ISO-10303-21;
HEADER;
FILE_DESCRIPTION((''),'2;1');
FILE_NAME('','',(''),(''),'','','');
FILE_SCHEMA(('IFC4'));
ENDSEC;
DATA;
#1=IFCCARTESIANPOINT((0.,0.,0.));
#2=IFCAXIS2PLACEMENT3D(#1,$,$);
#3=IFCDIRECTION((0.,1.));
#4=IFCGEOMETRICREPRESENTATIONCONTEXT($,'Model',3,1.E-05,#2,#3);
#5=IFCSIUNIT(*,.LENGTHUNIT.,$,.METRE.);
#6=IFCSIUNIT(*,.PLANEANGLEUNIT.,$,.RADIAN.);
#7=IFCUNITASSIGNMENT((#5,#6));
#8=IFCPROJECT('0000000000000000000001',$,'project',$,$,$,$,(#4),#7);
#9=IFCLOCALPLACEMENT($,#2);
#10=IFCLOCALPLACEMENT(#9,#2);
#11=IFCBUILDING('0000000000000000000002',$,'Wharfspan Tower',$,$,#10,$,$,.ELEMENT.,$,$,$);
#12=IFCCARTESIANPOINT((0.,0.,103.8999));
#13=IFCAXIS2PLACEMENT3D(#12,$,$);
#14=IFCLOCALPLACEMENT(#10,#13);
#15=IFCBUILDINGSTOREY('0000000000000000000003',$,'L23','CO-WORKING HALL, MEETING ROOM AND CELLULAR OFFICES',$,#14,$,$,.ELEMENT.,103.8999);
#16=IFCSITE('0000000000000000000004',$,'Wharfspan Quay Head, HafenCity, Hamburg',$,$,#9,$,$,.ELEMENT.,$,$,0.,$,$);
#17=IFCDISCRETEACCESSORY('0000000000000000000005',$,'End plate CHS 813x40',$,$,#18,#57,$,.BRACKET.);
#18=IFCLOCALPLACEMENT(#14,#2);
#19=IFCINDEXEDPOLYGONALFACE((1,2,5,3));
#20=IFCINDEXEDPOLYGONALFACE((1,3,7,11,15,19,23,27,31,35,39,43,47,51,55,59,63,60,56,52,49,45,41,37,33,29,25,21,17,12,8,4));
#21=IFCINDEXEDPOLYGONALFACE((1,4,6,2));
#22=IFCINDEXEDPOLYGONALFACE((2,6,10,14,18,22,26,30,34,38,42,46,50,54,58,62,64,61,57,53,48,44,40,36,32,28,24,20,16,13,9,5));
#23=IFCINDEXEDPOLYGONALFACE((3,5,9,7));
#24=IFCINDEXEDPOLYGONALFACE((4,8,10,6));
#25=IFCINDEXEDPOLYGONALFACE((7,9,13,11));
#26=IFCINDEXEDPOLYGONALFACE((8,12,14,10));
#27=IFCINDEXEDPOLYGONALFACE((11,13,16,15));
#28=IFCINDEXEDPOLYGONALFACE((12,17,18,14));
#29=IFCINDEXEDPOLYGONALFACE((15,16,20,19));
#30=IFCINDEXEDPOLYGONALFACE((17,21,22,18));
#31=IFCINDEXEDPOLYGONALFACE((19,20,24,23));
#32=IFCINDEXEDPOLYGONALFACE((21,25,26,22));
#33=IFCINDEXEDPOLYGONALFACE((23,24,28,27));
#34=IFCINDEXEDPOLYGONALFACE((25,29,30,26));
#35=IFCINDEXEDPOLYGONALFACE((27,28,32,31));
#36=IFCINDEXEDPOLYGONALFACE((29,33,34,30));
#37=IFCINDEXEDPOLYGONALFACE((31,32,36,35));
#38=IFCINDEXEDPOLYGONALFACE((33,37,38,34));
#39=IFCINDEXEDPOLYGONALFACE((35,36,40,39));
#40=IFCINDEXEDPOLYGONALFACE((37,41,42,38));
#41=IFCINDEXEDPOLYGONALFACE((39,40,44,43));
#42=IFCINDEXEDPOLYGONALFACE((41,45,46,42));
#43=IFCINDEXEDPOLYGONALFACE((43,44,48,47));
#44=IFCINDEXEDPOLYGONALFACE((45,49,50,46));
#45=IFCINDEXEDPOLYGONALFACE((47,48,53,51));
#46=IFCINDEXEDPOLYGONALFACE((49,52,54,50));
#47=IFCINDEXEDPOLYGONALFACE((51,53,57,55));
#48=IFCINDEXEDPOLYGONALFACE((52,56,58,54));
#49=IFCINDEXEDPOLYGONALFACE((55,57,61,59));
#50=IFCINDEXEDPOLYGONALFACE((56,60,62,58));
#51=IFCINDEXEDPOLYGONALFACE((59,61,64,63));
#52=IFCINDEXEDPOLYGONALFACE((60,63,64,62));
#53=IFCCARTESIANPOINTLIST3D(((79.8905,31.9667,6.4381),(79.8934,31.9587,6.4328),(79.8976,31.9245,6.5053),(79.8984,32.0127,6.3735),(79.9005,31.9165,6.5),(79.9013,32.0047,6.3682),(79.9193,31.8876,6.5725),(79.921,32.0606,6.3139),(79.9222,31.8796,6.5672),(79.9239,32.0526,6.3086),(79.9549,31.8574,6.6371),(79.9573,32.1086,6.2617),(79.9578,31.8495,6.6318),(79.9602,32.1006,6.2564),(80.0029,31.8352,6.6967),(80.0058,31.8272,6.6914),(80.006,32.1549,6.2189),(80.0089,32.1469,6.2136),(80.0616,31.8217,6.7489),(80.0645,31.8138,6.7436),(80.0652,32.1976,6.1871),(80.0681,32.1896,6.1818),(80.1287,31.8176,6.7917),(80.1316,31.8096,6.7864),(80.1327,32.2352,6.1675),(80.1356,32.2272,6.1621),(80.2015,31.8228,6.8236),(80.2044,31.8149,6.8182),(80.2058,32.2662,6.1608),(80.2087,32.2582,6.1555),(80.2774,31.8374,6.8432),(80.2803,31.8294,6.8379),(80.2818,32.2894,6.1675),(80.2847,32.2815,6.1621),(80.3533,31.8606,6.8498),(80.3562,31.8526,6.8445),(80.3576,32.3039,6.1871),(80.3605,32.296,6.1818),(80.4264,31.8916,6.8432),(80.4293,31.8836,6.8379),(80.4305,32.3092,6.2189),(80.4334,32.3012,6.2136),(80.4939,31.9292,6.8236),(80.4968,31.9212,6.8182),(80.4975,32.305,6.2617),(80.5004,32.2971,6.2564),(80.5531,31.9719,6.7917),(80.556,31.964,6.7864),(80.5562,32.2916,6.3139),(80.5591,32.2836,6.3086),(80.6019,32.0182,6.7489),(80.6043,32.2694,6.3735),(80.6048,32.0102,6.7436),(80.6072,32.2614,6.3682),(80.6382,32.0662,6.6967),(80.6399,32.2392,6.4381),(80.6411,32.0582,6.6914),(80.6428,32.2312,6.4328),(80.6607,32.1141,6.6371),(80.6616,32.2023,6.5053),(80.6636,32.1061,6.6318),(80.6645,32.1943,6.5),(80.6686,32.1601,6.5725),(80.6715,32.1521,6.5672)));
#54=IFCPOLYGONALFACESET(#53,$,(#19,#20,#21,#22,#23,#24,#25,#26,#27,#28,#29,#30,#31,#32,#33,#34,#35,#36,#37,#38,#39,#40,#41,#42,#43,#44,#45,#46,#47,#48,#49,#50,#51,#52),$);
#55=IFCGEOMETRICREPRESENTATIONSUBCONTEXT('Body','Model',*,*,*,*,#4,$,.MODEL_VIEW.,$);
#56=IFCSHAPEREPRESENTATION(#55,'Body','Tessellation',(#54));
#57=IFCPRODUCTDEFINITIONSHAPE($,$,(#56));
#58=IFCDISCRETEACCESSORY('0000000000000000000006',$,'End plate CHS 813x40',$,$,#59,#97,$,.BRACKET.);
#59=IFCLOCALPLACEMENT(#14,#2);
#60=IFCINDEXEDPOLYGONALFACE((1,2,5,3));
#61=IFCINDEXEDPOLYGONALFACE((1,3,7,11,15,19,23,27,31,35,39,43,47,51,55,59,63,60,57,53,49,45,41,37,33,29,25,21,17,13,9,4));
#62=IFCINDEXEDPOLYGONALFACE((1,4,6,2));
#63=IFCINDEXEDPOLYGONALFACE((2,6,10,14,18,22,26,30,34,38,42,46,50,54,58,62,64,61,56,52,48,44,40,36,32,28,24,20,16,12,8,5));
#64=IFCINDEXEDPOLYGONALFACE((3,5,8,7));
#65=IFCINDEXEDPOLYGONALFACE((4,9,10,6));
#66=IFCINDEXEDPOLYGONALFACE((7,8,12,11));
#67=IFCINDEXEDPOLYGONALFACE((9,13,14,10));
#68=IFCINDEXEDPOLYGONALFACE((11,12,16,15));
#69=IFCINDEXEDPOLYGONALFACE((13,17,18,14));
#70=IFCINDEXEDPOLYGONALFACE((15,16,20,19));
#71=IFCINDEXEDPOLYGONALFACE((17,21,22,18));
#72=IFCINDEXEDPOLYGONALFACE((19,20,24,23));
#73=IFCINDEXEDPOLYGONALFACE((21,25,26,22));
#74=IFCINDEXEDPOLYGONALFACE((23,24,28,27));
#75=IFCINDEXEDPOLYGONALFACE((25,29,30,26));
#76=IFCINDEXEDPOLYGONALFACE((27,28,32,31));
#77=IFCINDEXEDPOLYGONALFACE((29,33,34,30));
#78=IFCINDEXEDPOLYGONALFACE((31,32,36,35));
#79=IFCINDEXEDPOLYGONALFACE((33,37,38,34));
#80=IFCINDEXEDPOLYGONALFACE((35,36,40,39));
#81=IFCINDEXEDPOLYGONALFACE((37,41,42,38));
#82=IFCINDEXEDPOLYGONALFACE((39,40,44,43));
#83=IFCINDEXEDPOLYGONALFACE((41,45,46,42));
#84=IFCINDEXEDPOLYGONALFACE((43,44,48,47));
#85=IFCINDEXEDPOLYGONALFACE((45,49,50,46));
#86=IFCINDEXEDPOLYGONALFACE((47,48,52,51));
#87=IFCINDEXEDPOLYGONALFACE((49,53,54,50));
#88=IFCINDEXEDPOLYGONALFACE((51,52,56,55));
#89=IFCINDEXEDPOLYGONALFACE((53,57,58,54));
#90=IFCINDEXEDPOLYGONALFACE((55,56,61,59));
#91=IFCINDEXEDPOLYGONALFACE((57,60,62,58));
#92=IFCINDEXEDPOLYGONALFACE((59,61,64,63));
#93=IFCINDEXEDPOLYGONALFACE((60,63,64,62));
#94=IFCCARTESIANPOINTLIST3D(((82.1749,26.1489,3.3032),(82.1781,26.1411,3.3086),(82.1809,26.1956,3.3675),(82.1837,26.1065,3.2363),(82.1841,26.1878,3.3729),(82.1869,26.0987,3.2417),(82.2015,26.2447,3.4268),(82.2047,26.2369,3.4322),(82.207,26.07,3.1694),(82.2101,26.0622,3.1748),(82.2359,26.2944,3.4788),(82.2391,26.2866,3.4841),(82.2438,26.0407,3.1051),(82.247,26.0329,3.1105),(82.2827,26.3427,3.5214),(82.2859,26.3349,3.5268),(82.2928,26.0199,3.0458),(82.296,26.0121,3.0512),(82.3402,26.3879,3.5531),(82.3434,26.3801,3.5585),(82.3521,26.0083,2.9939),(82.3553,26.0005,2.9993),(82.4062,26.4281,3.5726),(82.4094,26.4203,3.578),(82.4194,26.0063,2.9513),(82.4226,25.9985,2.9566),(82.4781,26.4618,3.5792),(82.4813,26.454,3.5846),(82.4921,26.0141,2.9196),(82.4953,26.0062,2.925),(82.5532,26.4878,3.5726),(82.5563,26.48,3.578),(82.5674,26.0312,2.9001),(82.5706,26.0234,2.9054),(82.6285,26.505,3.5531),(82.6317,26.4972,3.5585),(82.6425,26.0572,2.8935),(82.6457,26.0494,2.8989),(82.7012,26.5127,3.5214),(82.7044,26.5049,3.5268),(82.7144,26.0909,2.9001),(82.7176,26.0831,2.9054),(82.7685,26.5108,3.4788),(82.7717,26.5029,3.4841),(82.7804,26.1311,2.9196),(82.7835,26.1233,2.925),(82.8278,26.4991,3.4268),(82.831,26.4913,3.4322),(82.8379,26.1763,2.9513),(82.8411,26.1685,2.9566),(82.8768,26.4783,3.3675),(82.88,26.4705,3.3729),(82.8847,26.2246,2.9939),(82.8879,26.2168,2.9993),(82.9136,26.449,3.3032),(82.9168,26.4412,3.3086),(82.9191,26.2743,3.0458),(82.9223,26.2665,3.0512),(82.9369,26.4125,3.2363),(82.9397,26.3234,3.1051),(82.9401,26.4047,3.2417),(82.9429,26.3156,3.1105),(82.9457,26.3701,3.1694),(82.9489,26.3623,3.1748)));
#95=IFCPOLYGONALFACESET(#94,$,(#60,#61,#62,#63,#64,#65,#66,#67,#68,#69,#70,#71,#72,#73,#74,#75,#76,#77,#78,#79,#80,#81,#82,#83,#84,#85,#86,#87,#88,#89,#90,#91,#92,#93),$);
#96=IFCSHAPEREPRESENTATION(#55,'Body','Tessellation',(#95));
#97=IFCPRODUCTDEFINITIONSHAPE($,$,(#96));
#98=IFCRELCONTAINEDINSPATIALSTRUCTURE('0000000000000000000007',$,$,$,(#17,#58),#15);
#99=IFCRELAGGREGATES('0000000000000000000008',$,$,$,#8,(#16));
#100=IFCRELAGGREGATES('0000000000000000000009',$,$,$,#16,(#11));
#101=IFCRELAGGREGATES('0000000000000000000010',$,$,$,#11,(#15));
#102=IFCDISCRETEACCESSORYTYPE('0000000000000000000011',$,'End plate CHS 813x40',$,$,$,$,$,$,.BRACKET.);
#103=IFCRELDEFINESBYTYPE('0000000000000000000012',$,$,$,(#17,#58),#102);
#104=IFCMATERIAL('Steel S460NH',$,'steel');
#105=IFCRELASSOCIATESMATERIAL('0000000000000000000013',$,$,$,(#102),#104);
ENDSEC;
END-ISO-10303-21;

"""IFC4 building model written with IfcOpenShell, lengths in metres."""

from ifc_helpers import new_model, si_unit, direction, frame, origin, origin_2d, place, context, subcontext, project, spatial, circle, extrude, material, material_profile, profile_set, type_object, element, save


model = new_model("IFC4")

# Units and contexts
model_context = context("Model", 3, precision=1e-05, world=origin(), true_north=direction((0.0, 1.0)))
body_context = subcontext(model_context, "Body", "Model", "MODEL_VIEW")
ifc_project = project(units=[si_unit("LENGTHUNIT", "METRE"), si_unit("PLANEANGLEUNIT", "RADIAN")], contexts=[model_context])

# Site, building, storey
site_placement = place(None, origin())
site = spatial("IfcSite", under=ifc_project, at=site_placement, Name="Wharfspan Quay Head, HafenCity, Hamburg", CompositionType="ELEMENT", RefElevation=0.0)
building_placement = place(site_placement, origin())
building = spatial("IfcBuilding", under=site, at=building_placement, Name="Wharfspan Tower", CompositionType="ELEMENT")
storey_placement = place(building_placement, frame((0.0, 0.0, 103.8999)))
storey = spatial("IfcBuildingStorey", under=building, at=storey_placement, Name="L23", Description="CO-WORKING HALL, MEETING ROOM AND CELLULAR OFFICES", CompositionType="ELEMENT", Elevation=103.8999)

# Shared definitions
ifc_material_1 = material(Name="Steel S460NH", Category="steel")

# Discrete accessories
ifc_material_profile_1 = material_profile(ifc_material_1, circle(Radius=0.4065, at=origin_2d()))
ifc_profile_set_1 = profile_set([ifc_material_profile_1], Name="Steel S460NH")
discrete_accessory_type = type_object("IfcDiscreteAccessoryType", Name="End plate CHS 813x40", PredefinedType="BRACKET", material=ifc_profile_set_1)
for number, where, z_axis, x_axis, name in (
    (1, (80.2825, 32.0554, 6.5), (-0.289598, 0.796395, 0.53093), (-0.939792, -0.341743, 0.000001), "End plate CHS 813x40"),
    (2, (82.5603, 26.2595, 3.2363), (0.317451, -0.781418, 0.537225), (0.92647, 0.376377, -0.000002), "End plate CHS 813x40"),
):
    element("IfcDiscreteAccessory", number, at=place(storey_placement, frame(where, z_axis=z_axis, x_axis=x_axis)), inside=storey, type_object=discrete_accessory_type, Name=name, PredefinedType="BRACKET", context=body_context, shape_type="SweptSolid", body=[
        extrude(circle(Radius=0.4065, at=origin_2d()), origin(), (0.0, 0.0, 1.0), 0.01),
    ])

save(model, "model.ifc")
